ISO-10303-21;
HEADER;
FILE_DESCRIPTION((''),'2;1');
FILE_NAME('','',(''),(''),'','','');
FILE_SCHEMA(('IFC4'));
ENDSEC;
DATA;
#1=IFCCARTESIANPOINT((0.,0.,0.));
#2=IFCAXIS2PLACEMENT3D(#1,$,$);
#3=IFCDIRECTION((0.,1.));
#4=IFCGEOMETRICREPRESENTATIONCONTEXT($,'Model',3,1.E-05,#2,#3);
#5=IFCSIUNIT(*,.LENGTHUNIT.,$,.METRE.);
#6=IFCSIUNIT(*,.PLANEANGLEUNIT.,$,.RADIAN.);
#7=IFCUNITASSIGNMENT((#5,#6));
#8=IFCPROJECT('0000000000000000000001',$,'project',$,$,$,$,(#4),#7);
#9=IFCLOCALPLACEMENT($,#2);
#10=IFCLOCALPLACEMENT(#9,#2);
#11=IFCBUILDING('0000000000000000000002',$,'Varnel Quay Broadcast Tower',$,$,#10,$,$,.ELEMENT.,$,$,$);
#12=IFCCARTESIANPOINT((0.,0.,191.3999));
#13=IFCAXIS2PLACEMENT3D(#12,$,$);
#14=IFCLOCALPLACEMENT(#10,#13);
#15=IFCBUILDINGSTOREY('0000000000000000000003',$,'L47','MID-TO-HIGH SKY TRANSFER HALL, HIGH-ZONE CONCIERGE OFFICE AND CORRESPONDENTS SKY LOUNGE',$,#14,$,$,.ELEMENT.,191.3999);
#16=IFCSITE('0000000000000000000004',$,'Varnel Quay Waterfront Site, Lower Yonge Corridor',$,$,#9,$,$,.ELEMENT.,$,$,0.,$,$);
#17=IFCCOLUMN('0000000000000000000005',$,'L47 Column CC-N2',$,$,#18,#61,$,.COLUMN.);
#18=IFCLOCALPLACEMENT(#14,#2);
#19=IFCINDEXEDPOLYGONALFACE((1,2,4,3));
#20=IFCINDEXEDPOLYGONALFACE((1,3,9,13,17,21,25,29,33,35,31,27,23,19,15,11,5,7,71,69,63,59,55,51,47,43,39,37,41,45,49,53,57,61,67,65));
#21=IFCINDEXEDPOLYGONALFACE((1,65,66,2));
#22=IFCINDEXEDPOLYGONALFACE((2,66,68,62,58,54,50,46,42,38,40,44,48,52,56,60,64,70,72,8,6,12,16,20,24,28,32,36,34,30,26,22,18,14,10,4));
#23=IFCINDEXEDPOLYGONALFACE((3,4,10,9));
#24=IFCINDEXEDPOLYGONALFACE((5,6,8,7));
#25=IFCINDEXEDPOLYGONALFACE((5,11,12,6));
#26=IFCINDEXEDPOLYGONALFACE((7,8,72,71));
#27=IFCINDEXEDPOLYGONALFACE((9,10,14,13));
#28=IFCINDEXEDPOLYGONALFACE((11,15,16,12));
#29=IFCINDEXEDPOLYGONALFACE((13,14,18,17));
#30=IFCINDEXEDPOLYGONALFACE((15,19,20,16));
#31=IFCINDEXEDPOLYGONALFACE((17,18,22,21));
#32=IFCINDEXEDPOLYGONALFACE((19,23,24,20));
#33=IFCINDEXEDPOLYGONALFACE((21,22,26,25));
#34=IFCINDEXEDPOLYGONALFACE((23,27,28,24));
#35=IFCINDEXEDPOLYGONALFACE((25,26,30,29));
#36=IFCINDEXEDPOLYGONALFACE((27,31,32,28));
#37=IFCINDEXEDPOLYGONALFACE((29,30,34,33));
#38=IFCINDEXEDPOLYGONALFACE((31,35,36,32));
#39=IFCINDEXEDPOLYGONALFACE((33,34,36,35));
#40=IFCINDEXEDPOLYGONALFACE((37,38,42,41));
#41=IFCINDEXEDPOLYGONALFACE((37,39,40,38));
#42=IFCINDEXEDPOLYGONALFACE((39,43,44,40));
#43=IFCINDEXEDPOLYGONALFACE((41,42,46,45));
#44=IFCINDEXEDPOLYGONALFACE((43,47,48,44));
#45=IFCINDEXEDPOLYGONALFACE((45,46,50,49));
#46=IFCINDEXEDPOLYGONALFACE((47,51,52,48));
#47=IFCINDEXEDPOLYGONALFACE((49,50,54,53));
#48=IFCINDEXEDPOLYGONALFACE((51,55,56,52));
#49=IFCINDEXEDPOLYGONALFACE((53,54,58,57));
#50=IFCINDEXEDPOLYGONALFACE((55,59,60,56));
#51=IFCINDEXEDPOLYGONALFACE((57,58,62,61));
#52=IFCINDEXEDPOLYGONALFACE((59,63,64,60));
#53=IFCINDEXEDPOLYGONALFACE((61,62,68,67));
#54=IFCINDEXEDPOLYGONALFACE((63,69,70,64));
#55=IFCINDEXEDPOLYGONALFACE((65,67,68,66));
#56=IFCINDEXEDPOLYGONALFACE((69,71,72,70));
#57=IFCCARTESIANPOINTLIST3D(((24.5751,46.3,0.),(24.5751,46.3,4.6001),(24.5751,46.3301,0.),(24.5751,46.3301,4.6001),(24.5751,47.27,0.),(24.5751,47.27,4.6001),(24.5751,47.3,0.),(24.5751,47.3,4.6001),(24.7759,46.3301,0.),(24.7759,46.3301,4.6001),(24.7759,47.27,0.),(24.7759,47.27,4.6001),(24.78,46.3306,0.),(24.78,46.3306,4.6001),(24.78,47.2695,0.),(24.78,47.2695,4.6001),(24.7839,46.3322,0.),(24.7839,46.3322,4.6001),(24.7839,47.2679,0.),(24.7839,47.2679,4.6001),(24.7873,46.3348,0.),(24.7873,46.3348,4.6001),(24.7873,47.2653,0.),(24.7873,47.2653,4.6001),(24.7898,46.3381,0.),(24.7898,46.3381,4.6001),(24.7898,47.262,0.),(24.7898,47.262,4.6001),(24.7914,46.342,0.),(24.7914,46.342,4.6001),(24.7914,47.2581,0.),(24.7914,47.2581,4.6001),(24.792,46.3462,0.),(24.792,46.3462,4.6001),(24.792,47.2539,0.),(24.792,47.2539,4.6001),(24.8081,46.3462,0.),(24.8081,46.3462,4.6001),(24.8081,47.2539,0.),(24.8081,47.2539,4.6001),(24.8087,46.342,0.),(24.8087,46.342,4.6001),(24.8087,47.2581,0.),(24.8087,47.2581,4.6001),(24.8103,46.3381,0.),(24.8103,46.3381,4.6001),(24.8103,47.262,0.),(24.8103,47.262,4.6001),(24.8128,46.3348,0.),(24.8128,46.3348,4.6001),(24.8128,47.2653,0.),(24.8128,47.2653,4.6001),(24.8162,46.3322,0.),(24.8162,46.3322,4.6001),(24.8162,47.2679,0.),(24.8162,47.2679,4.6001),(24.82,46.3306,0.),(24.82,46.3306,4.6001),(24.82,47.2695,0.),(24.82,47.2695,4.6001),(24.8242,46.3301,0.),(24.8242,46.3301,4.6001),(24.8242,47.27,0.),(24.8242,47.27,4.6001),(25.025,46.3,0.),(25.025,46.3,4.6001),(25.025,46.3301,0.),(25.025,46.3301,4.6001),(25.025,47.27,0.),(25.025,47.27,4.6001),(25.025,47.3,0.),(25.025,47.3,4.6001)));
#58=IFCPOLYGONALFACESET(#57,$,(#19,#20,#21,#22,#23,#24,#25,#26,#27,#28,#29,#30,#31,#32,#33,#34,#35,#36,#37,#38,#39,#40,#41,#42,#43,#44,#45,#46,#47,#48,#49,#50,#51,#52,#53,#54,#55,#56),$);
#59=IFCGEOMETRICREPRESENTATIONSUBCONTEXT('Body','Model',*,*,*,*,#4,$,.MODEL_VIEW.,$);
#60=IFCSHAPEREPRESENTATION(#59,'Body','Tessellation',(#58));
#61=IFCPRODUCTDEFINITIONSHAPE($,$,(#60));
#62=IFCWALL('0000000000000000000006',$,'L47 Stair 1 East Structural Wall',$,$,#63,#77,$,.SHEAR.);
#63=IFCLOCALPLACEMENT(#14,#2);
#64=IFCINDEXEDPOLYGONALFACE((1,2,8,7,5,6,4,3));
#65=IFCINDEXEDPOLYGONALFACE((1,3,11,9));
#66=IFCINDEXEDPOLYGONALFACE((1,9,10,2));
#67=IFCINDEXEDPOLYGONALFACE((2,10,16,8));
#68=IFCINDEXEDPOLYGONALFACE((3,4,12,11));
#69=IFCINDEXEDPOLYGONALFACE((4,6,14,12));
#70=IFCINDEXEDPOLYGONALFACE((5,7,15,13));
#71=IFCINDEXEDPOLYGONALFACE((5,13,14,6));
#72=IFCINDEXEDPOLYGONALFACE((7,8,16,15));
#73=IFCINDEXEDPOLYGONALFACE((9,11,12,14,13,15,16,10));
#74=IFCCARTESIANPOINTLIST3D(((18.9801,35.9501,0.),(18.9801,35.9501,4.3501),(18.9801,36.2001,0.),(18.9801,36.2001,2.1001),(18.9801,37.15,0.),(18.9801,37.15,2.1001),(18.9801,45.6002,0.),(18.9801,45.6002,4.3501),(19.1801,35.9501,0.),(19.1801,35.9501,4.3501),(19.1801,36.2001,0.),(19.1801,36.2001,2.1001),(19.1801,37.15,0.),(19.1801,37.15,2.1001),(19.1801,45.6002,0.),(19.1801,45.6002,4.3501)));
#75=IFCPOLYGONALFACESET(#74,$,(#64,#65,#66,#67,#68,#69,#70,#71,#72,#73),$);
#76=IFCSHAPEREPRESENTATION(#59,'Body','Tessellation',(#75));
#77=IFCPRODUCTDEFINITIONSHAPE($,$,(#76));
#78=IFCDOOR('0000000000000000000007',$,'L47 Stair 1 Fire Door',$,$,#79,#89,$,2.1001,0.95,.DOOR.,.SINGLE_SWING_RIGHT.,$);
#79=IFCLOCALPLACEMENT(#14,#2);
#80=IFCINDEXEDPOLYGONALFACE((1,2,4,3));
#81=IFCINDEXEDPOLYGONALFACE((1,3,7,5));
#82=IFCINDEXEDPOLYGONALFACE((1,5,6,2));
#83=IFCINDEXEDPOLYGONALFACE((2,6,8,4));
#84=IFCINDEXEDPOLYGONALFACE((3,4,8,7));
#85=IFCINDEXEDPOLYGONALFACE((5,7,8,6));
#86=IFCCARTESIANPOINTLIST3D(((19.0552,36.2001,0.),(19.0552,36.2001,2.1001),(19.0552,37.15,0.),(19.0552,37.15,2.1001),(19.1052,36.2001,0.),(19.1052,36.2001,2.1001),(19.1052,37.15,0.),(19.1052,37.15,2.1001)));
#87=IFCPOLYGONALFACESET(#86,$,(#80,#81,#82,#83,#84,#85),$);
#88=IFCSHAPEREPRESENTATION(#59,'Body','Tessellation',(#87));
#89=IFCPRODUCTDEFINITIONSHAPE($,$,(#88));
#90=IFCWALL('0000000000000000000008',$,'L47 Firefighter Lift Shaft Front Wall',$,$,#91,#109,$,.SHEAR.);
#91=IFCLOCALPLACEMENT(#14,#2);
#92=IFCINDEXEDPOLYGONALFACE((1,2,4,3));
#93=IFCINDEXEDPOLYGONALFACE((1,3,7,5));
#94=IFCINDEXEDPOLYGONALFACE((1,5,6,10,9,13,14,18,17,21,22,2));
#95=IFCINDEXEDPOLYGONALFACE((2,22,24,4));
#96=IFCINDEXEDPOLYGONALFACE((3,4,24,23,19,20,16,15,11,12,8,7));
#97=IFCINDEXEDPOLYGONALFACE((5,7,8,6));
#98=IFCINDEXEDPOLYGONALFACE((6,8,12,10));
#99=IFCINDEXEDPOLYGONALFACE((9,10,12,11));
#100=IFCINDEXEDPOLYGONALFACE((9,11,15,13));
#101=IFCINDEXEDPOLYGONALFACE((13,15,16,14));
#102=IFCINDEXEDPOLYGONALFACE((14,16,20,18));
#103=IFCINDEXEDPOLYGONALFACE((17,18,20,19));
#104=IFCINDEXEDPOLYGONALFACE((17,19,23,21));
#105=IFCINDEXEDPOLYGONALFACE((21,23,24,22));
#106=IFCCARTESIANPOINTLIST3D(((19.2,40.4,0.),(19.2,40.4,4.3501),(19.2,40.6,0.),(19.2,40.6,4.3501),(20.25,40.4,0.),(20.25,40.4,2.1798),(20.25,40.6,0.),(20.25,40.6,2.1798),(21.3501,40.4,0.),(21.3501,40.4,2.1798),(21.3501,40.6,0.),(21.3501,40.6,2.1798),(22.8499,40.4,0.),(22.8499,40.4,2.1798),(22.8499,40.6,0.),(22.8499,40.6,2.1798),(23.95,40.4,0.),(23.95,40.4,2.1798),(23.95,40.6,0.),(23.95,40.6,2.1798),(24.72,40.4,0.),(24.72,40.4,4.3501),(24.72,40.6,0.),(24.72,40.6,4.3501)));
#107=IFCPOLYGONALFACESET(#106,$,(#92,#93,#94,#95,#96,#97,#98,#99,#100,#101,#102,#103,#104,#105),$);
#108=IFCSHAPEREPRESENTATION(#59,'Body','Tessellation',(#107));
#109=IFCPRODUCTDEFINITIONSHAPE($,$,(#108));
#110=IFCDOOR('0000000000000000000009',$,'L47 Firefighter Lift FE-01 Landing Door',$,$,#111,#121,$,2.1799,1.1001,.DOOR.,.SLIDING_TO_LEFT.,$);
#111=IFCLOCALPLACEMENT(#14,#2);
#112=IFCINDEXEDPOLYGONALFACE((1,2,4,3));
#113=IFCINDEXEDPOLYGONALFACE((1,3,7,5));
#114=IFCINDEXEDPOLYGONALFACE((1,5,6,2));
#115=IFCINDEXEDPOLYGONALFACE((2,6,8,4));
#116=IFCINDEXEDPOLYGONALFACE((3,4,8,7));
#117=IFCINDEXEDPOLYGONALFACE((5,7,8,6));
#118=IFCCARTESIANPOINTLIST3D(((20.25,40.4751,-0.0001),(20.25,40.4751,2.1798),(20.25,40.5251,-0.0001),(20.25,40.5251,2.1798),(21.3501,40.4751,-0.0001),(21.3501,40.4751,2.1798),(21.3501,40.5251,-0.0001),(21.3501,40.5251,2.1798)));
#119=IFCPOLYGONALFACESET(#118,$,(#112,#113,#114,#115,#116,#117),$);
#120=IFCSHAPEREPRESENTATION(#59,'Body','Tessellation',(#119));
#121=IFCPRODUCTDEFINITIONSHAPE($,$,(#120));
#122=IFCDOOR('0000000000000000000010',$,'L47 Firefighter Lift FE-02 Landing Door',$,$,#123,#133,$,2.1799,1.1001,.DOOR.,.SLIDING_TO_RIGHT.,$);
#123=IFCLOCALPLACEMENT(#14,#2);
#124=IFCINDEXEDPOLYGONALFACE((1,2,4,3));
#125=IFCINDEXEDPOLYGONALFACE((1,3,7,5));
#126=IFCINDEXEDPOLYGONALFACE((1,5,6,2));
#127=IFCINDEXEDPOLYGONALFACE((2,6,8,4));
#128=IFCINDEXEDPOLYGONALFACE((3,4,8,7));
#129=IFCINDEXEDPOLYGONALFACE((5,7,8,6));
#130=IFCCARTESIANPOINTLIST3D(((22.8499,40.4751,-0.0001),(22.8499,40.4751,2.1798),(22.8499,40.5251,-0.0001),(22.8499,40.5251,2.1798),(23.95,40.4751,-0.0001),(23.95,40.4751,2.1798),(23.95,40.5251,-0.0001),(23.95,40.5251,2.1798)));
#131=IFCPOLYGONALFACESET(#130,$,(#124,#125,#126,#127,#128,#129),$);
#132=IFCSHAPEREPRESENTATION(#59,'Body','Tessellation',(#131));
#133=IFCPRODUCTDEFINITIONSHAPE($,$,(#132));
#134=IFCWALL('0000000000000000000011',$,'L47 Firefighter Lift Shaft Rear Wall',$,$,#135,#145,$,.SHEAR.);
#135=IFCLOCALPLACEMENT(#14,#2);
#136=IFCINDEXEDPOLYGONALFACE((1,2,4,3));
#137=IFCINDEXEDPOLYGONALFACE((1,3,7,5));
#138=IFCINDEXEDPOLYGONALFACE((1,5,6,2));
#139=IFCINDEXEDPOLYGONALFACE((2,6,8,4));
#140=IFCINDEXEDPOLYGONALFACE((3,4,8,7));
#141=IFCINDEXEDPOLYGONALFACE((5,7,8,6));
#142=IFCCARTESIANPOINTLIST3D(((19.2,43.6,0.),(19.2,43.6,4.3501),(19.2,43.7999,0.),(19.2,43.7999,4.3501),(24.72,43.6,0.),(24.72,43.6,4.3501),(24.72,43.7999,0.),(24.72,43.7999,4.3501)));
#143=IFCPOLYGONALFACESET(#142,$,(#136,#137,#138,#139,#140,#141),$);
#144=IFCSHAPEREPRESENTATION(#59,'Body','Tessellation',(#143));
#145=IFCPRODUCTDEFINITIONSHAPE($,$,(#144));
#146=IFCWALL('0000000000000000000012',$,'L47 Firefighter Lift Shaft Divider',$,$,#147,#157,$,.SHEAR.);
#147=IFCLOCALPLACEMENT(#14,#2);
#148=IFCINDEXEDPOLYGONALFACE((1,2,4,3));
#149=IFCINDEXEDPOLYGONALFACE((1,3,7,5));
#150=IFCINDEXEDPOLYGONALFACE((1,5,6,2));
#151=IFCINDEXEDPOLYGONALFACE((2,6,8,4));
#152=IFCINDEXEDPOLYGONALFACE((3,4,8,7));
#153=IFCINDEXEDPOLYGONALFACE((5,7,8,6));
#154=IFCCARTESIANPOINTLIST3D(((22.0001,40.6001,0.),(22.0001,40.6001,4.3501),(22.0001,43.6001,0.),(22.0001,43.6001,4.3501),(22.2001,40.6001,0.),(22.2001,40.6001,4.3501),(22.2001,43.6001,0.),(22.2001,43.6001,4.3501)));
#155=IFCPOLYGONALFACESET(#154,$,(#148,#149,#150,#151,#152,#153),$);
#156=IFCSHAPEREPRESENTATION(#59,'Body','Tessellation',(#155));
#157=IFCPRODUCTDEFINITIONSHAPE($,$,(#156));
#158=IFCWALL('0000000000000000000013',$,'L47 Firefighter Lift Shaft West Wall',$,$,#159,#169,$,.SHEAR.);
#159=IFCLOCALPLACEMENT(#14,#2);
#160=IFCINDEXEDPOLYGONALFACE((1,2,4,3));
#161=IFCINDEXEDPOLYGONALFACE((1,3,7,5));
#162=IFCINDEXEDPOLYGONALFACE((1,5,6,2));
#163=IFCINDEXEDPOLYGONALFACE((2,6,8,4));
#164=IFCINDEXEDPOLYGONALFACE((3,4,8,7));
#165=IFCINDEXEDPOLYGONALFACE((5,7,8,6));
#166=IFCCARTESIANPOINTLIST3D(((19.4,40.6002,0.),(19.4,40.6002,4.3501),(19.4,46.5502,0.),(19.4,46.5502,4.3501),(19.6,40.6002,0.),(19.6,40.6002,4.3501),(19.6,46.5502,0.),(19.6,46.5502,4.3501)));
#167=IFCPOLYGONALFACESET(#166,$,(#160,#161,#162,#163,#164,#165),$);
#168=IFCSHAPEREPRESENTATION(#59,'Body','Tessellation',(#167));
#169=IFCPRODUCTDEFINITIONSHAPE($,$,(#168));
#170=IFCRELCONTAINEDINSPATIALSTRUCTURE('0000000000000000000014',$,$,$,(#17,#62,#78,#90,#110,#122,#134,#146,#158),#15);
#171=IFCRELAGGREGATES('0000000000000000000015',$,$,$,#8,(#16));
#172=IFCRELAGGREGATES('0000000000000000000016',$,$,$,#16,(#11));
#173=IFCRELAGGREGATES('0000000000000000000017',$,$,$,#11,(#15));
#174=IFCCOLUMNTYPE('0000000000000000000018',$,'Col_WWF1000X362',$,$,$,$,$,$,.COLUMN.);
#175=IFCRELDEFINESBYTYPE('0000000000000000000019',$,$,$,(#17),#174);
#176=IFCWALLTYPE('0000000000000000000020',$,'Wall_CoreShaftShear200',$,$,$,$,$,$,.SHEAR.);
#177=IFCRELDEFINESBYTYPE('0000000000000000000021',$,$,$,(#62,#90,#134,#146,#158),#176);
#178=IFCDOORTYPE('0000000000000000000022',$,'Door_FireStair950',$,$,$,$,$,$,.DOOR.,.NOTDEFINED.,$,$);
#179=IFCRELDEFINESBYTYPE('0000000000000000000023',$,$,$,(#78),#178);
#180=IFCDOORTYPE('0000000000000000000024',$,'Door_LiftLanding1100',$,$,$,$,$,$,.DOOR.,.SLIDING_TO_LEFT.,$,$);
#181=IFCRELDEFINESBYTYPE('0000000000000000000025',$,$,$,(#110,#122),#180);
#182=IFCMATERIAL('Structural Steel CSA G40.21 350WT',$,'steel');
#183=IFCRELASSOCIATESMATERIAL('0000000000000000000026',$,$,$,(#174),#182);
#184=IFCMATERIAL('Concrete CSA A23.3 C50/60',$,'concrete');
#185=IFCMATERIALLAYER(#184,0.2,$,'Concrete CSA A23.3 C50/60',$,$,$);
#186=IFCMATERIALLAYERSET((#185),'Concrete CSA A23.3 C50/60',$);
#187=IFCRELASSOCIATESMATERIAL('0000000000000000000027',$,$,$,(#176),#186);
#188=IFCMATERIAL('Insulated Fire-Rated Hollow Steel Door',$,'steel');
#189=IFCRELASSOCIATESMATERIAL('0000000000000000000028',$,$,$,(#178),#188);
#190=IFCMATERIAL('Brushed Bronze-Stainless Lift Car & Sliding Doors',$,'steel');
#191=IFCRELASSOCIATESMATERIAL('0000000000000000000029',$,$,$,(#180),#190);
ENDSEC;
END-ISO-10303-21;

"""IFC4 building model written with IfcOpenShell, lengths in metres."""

from ifc_helpers import new_model, si_unit, direction, frame, frame_2d, origin, origin_2d, place, context, subcontext, project, spatial, rectangle, i_section, extrude, source, transform, mapped, material, layer, layer_set, material_profile, profile_set, type_object, type_shapes, element, fill, save


model = new_model("IFC4")

# Units and contexts
model_context = context("Model", 3, precision=1e-05, world=origin(), true_north=direction((0.0, 1.0)))
body_context = subcontext(model_context, "Body", "Model", "MODEL_VIEW")
ifc_project = project(units=[si_unit("LENGTHUNIT", "METRE"), si_unit("PLANEANGLEUNIT", "RADIAN")], contexts=[model_context])

# Site, building, storey
site_placement = place(None, origin())
site = spatial("IfcSite", under=ifc_project, at=site_placement, Name="Varnel Quay Waterfront Site, Lower Yonge Corridor", CompositionType="ELEMENT", RefElevation=0.0)
building_placement = place(site_placement, origin())
building = spatial("IfcBuilding", under=site, at=building_placement, Name="Varnel Quay Broadcast Tower", CompositionType="ELEMENT")
storey_placement = place(building_placement, frame((0.0, 0.0, 191.3999)))
storey = spatial("IfcBuildingStorey", under=building, at=storey_placement, Name="L47", Description="MID-TO-HIGH SKY TRANSFER HALL, HIGH-ZONE CONCIERGE OFFICE AND CORRESPONDENTS SKY LOUNGE", CompositionType="ELEMENT", Elevation=191.3999)

# Column
ifc_material_1 = material(Name="Structural Steel CSA G40.21 350WT", Category="steel")
ifc_material_profile = material_profile(ifc_material_1, i_section(OverallWidth=0.45, OverallDepth=1.0, WebThickness=0.0161, FlangeThickness=0.03, FilletRadius=0.0161, at=origin_2d()), Name="WWF1000X362")
ifc_profile_set = profile_set([ifc_material_profile], Name="Structural Steel CSA G40.21 350WT")
column_type = type_object("IfcColumnType", Name="Col_WWF1000X362", PredefinedType="COLUMN", material=ifc_profile_set)
shared_shape_1 = source(origin(), body_context, "Body", "SweptSolid", [
    extrude(i_section(OverallWidth=0.45, OverallDepth=1.0, WebThickness=0.0161, FlangeThickness=0.03, FilletRadius=0.0161, at=origin_2d()), origin(), (0.0, 0.0, 1.0), 4.6001),
])
type_shapes(column_type, [shared_shape_1])
column_placement = place(storey_placement, frame((24.8, 46.8, 0.0), z_axis=(0.0, 0.0, 1.0), x_axis=(1.0, 0.0, 0.0)))
element("IfcColumn", 1, at=column_placement, inside=storey, type_object=column_type, Name="L47 Column CC-N2", PredefinedType="COLUMN", context=body_context, shape_type="MappedRepresentation", body=[
    mapped(shared_shape_1, transform((0.0, 0.0, 0.0), x_axis=(1.0, 0.0, 0.0), y_axis=(0.0, 1.0, 0.0), z_axis=(0.0, 0.0, 1.0), scale=1.0)),
])

# Wall, opening, door
ifc_material_2 = material(Name="Concrete CSA A23.3 C50/60", Category="concrete")
ifc_layer_1 = layer(ifc_material_2, 0.2, Name="Concrete CSA A23.3 C50/60")
ifc_layer_set_1 = layer_set([ifc_layer_1], Name="Concrete CSA A23.3 C50/60")
wall_type_1 = type_object("IfcWallType", Name="Wall_CoreShaftShear200", PredefinedType="SHEAR", material=ifc_layer_set_1)
wall_1_placement = place(storey_placement, frame((19.0801, 35.95, 0.0), z_axis=(0.0, 0.0, 1.0), x_axis=(0.0, 1.0, 0.0)))
wall_1 = element("IfcWall", 2, at=wall_1_placement, inside=storey, type_object=wall_type_1, Name="L47 Stair 1 East Structural Wall", PredefinedType="SHEAR", context=body_context, shape_type="SweptSolid", body=[
    extrude(rectangle(XDim=9.6501, YDim=0.2, at=frame_2d((4.8252, 0.0))), origin(), (0.0, 0.0, 1.0), 4.3501),
])
opening_1_placement = place(wall_1_placement, frame((0.25, 0.0, 0.0)))
opening_1 = element("IfcOpeningElement", 3, at=opening_1_placement, cuts=wall_1, PredefinedType="OPENING", context=body_context, shape_type="SweptSolid", body=[
    extrude(rectangle(XDim=0.95, YDim=2.1001, at=frame_2d((0.4751, 1.05))), frame((0.0, 0.1099, 0.0), z_axis=(0.0, -1.0, 0.0), x_axis=(1.0, 0.0, 0.0)), (0.0, 0.0, 1.0), 0.22),
])
ifc_material_3 = material(Name="Insulated Fire-Rated Hollow Steel Door", Category="steel")
door_type_1 = type_object("IfcDoorType", Name="Door_FireStair950", OperationType="NOTDEFINED", PredefinedType="DOOR", material=ifc_material_3)
shared_shape_2 = source(origin(), body_context, "Body", "SweptSolid", [
    extrude(rectangle(XDim=0.95, YDim=2.1001, at=frame_2d((0.4751, 1.05))), frame((0.0, 0.0249, 0.0), z_axis=(0.0, -1.0, 0.0), x_axis=(1.0, 0.0, 0.0)), (0.0, 0.0, 1.0), 0.05),
])
type_shapes(door_type_1, [shared_shape_2])
door_1_placement = place(opening_1_placement, origin())
door_1 = element("IfcDoor", 4, at=door_1_placement, inside=storey, type_object=door_type_1, Name="L47 Stair 1 Fire Door", OperationType="SINGLE_SWING_RIGHT", OverallHeight=2.1001, OverallWidth=0.95, PredefinedType="DOOR", context=body_context, shape_type="MappedRepresentation", body=[
    mapped(shared_shape_2, transform((0.0, 0.0, 0.0), x_axis=(1.0, 0.0, 0.0), y_axis=(0.0, 1.0, 0.0), z_axis=(0.0, 0.0, 1.0), scale=1.0)),
])
fill(opening_1, door_1)

# Wall, openings, doors
wall_2_placement = place(storey_placement, frame((19.2, 40.5, 0.0), z_axis=(0.0, 0.0, 1.0), x_axis=(1.0, 0.0, 0.0)))
wall_2 = element("IfcWall", 5, at=wall_2_placement, inside=storey, type_object=wall_type_1, Name="L47 Firefighter Lift Shaft Front Wall", PredefinedType="SHEAR", context=body_context, shape_type="SweptSolid", body=[
    extrude(rectangle(XDim=5.52, YDim=0.2, at=frame_2d((2.76, 0.0))), origin(), (0.0, 0.0, 1.0), 4.3501),
])
opening_2_placement = place(wall_2_placement, frame((1.05, 0.0, 0.0)))
opening_2 = element("IfcOpeningElement", 6, at=opening_2_placement, cuts=wall_2, PredefinedType="OPENING", context=body_context, shape_type="SweptSolid", body=[
    extrude(rectangle(XDim=1.1001, YDim=2.1799, at=frame_2d((0.55, 1.0898))), frame((0.0, 0.1099, 0.0), z_axis=(0.0, -1.0, 0.0), x_axis=(1.0, 0.0, 0.0)), (0.0, 0.0, 1.0), 0.22),
])
opening_3_placement = place(wall_2_placement, frame((3.6499, 0.0, 0.0)))
opening_3 = element("IfcOpeningElement", 7, at=opening_3_placement, cuts=wall_2, PredefinedType="OPENING", context=body_context, shape_type="SweptSolid", body=[
    extrude(rectangle(XDim=1.1001, YDim=2.1799, at=frame_2d((0.55, 1.0898))), frame((0.0, 0.1099, 0.0), z_axis=(0.0, -1.0, 0.0), x_axis=(1.0, 0.0, 0.0)), (0.0, 0.0, 1.0), 0.22),
])
ifc_material_4 = material(Name="Brushed Bronze-Stainless Lift Car & Sliding Doors", Category="steel")
door_type_2 = type_object("IfcDoorType", Name="Door_LiftLanding1100", OperationType="SLIDING_TO_LEFT", PredefinedType="DOOR", material=ifc_material_4)
shared_shape_3 = source(origin(), body_context, "Body", "SweptSolid", [
    extrude(rectangle(XDim=1.1001, YDim=2.1799, at=frame_2d((0.55, 1.0898))), frame((0.0, 0.0249, 0.0), z_axis=(0.0, -1.0, 0.0), x_axis=(1.0, 0.0, 0.0)), (0.0, 0.0, 1.0), 0.05),
])
type_shapes(door_type_2, [shared_shape_3])
door_2_placement = place(opening_2_placement, frame((1.1001, 0.0, 0.0), z_axis=(0.0, 0.0, 1.0), x_axis=(-1.0, 0.0, 0.0)))
door_2 = element("IfcDoor", 8, at=door_2_placement, inside=storey, type_object=door_type_2, Name="L47 Firefighter Lift FE-01 Landing Door", OperationType="SLIDING_TO_LEFT", OverallHeight=2.1799, OverallWidth=1.1001, PredefinedType="DOOR", context=body_context, shape_type="MappedRepresentation", body=[
    mapped(shared_shape_3, transform((0.0, 0.0, 0.0), x_axis=(1.0, 0.0, 0.0), y_axis=(0.0, 1.0, 0.0), z_axis=(0.0, 0.0, 1.0), scale=1.0)),
])
fill(opening_2, door_2)
door_3_placement = place(opening_3_placement, frame((1.1001, 0.0, 0.0), z_axis=(0.0, 0.0, 1.0), x_axis=(-1.0, 0.0, 0.0)))
door_3 = element("IfcDoor", 9, at=door_3_placement, inside=storey, type_object=door_type_2, Name="L47 Firefighter Lift FE-02 Landing Door", OperationType="SLIDING_TO_RIGHT", OverallHeight=2.1799, OverallWidth=1.1001, PredefinedType="DOOR", context=body_context, shape_type="MappedRepresentation", body=[
    mapped(shared_shape_3, transform((0.0, 0.0, 0.0), x_axis=(1.0, 0.0, 0.0), y_axis=(0.0, 1.0, 0.0), z_axis=(0.0, 0.0, 1.0), scale=1.0)),
])
fill(opening_3, door_3)

# Walls
wall_3_placement = place(storey_placement, frame((19.2, 43.7, 0.0), z_axis=(0.0, 0.0, 1.0), x_axis=(1.0, 0.0, 0.0)))
element("IfcWall", 10, at=wall_3_placement, inside=storey, type_object=wall_type_1, Name="L47 Firefighter Lift Shaft Rear Wall", PredefinedType="SHEAR", context=body_context, shape_type="SweptSolid", body=[
    extrude(rectangle(XDim=5.52, YDim=0.2, at=frame_2d((2.76, 0.0))), origin(), (0.0, 0.0, 1.0), 4.3501),
])
wall_4_placement = place(storey_placement, frame((22.1001, 40.6001, 0.0), z_axis=(0.0, 0.0, 1.0), x_axis=(0.0, 1.0, 0.0)))
element("IfcWall", 11, at=wall_4_placement, inside=storey, type_object=wall_type_1, Name="L47 Firefighter Lift Shaft Divider", PredefinedType="SHEAR", context=body_context, shape_type="SweptSolid", body=[
    extrude(rectangle(XDim=3.0, YDim=0.2, at=frame_2d((1.5, 0.0))), origin(), (0.0, 0.0, 1.0), 4.3501),
])
wall_5_placement = place(storey_placement, frame((19.5, 40.6001, 0.0), z_axis=(0.0, 0.0, 1.0), x_axis=(0.0, 1.0, 0.0)))
element("IfcWall", 12, at=wall_5_placement, inside=storey, type_object=wall_type_1, Name="L47 Firefighter Lift Shaft West Wall", PredefinedType="SHEAR", context=body_context, shape_type="SweptSolid", body=[
    extrude(rectangle(XDim=5.95, YDim=0.2, at=frame_2d((2.9751, 0.0))), origin(), (0.0, 0.0, 1.0), 4.3501),
])

save(model, "model.ifc")
